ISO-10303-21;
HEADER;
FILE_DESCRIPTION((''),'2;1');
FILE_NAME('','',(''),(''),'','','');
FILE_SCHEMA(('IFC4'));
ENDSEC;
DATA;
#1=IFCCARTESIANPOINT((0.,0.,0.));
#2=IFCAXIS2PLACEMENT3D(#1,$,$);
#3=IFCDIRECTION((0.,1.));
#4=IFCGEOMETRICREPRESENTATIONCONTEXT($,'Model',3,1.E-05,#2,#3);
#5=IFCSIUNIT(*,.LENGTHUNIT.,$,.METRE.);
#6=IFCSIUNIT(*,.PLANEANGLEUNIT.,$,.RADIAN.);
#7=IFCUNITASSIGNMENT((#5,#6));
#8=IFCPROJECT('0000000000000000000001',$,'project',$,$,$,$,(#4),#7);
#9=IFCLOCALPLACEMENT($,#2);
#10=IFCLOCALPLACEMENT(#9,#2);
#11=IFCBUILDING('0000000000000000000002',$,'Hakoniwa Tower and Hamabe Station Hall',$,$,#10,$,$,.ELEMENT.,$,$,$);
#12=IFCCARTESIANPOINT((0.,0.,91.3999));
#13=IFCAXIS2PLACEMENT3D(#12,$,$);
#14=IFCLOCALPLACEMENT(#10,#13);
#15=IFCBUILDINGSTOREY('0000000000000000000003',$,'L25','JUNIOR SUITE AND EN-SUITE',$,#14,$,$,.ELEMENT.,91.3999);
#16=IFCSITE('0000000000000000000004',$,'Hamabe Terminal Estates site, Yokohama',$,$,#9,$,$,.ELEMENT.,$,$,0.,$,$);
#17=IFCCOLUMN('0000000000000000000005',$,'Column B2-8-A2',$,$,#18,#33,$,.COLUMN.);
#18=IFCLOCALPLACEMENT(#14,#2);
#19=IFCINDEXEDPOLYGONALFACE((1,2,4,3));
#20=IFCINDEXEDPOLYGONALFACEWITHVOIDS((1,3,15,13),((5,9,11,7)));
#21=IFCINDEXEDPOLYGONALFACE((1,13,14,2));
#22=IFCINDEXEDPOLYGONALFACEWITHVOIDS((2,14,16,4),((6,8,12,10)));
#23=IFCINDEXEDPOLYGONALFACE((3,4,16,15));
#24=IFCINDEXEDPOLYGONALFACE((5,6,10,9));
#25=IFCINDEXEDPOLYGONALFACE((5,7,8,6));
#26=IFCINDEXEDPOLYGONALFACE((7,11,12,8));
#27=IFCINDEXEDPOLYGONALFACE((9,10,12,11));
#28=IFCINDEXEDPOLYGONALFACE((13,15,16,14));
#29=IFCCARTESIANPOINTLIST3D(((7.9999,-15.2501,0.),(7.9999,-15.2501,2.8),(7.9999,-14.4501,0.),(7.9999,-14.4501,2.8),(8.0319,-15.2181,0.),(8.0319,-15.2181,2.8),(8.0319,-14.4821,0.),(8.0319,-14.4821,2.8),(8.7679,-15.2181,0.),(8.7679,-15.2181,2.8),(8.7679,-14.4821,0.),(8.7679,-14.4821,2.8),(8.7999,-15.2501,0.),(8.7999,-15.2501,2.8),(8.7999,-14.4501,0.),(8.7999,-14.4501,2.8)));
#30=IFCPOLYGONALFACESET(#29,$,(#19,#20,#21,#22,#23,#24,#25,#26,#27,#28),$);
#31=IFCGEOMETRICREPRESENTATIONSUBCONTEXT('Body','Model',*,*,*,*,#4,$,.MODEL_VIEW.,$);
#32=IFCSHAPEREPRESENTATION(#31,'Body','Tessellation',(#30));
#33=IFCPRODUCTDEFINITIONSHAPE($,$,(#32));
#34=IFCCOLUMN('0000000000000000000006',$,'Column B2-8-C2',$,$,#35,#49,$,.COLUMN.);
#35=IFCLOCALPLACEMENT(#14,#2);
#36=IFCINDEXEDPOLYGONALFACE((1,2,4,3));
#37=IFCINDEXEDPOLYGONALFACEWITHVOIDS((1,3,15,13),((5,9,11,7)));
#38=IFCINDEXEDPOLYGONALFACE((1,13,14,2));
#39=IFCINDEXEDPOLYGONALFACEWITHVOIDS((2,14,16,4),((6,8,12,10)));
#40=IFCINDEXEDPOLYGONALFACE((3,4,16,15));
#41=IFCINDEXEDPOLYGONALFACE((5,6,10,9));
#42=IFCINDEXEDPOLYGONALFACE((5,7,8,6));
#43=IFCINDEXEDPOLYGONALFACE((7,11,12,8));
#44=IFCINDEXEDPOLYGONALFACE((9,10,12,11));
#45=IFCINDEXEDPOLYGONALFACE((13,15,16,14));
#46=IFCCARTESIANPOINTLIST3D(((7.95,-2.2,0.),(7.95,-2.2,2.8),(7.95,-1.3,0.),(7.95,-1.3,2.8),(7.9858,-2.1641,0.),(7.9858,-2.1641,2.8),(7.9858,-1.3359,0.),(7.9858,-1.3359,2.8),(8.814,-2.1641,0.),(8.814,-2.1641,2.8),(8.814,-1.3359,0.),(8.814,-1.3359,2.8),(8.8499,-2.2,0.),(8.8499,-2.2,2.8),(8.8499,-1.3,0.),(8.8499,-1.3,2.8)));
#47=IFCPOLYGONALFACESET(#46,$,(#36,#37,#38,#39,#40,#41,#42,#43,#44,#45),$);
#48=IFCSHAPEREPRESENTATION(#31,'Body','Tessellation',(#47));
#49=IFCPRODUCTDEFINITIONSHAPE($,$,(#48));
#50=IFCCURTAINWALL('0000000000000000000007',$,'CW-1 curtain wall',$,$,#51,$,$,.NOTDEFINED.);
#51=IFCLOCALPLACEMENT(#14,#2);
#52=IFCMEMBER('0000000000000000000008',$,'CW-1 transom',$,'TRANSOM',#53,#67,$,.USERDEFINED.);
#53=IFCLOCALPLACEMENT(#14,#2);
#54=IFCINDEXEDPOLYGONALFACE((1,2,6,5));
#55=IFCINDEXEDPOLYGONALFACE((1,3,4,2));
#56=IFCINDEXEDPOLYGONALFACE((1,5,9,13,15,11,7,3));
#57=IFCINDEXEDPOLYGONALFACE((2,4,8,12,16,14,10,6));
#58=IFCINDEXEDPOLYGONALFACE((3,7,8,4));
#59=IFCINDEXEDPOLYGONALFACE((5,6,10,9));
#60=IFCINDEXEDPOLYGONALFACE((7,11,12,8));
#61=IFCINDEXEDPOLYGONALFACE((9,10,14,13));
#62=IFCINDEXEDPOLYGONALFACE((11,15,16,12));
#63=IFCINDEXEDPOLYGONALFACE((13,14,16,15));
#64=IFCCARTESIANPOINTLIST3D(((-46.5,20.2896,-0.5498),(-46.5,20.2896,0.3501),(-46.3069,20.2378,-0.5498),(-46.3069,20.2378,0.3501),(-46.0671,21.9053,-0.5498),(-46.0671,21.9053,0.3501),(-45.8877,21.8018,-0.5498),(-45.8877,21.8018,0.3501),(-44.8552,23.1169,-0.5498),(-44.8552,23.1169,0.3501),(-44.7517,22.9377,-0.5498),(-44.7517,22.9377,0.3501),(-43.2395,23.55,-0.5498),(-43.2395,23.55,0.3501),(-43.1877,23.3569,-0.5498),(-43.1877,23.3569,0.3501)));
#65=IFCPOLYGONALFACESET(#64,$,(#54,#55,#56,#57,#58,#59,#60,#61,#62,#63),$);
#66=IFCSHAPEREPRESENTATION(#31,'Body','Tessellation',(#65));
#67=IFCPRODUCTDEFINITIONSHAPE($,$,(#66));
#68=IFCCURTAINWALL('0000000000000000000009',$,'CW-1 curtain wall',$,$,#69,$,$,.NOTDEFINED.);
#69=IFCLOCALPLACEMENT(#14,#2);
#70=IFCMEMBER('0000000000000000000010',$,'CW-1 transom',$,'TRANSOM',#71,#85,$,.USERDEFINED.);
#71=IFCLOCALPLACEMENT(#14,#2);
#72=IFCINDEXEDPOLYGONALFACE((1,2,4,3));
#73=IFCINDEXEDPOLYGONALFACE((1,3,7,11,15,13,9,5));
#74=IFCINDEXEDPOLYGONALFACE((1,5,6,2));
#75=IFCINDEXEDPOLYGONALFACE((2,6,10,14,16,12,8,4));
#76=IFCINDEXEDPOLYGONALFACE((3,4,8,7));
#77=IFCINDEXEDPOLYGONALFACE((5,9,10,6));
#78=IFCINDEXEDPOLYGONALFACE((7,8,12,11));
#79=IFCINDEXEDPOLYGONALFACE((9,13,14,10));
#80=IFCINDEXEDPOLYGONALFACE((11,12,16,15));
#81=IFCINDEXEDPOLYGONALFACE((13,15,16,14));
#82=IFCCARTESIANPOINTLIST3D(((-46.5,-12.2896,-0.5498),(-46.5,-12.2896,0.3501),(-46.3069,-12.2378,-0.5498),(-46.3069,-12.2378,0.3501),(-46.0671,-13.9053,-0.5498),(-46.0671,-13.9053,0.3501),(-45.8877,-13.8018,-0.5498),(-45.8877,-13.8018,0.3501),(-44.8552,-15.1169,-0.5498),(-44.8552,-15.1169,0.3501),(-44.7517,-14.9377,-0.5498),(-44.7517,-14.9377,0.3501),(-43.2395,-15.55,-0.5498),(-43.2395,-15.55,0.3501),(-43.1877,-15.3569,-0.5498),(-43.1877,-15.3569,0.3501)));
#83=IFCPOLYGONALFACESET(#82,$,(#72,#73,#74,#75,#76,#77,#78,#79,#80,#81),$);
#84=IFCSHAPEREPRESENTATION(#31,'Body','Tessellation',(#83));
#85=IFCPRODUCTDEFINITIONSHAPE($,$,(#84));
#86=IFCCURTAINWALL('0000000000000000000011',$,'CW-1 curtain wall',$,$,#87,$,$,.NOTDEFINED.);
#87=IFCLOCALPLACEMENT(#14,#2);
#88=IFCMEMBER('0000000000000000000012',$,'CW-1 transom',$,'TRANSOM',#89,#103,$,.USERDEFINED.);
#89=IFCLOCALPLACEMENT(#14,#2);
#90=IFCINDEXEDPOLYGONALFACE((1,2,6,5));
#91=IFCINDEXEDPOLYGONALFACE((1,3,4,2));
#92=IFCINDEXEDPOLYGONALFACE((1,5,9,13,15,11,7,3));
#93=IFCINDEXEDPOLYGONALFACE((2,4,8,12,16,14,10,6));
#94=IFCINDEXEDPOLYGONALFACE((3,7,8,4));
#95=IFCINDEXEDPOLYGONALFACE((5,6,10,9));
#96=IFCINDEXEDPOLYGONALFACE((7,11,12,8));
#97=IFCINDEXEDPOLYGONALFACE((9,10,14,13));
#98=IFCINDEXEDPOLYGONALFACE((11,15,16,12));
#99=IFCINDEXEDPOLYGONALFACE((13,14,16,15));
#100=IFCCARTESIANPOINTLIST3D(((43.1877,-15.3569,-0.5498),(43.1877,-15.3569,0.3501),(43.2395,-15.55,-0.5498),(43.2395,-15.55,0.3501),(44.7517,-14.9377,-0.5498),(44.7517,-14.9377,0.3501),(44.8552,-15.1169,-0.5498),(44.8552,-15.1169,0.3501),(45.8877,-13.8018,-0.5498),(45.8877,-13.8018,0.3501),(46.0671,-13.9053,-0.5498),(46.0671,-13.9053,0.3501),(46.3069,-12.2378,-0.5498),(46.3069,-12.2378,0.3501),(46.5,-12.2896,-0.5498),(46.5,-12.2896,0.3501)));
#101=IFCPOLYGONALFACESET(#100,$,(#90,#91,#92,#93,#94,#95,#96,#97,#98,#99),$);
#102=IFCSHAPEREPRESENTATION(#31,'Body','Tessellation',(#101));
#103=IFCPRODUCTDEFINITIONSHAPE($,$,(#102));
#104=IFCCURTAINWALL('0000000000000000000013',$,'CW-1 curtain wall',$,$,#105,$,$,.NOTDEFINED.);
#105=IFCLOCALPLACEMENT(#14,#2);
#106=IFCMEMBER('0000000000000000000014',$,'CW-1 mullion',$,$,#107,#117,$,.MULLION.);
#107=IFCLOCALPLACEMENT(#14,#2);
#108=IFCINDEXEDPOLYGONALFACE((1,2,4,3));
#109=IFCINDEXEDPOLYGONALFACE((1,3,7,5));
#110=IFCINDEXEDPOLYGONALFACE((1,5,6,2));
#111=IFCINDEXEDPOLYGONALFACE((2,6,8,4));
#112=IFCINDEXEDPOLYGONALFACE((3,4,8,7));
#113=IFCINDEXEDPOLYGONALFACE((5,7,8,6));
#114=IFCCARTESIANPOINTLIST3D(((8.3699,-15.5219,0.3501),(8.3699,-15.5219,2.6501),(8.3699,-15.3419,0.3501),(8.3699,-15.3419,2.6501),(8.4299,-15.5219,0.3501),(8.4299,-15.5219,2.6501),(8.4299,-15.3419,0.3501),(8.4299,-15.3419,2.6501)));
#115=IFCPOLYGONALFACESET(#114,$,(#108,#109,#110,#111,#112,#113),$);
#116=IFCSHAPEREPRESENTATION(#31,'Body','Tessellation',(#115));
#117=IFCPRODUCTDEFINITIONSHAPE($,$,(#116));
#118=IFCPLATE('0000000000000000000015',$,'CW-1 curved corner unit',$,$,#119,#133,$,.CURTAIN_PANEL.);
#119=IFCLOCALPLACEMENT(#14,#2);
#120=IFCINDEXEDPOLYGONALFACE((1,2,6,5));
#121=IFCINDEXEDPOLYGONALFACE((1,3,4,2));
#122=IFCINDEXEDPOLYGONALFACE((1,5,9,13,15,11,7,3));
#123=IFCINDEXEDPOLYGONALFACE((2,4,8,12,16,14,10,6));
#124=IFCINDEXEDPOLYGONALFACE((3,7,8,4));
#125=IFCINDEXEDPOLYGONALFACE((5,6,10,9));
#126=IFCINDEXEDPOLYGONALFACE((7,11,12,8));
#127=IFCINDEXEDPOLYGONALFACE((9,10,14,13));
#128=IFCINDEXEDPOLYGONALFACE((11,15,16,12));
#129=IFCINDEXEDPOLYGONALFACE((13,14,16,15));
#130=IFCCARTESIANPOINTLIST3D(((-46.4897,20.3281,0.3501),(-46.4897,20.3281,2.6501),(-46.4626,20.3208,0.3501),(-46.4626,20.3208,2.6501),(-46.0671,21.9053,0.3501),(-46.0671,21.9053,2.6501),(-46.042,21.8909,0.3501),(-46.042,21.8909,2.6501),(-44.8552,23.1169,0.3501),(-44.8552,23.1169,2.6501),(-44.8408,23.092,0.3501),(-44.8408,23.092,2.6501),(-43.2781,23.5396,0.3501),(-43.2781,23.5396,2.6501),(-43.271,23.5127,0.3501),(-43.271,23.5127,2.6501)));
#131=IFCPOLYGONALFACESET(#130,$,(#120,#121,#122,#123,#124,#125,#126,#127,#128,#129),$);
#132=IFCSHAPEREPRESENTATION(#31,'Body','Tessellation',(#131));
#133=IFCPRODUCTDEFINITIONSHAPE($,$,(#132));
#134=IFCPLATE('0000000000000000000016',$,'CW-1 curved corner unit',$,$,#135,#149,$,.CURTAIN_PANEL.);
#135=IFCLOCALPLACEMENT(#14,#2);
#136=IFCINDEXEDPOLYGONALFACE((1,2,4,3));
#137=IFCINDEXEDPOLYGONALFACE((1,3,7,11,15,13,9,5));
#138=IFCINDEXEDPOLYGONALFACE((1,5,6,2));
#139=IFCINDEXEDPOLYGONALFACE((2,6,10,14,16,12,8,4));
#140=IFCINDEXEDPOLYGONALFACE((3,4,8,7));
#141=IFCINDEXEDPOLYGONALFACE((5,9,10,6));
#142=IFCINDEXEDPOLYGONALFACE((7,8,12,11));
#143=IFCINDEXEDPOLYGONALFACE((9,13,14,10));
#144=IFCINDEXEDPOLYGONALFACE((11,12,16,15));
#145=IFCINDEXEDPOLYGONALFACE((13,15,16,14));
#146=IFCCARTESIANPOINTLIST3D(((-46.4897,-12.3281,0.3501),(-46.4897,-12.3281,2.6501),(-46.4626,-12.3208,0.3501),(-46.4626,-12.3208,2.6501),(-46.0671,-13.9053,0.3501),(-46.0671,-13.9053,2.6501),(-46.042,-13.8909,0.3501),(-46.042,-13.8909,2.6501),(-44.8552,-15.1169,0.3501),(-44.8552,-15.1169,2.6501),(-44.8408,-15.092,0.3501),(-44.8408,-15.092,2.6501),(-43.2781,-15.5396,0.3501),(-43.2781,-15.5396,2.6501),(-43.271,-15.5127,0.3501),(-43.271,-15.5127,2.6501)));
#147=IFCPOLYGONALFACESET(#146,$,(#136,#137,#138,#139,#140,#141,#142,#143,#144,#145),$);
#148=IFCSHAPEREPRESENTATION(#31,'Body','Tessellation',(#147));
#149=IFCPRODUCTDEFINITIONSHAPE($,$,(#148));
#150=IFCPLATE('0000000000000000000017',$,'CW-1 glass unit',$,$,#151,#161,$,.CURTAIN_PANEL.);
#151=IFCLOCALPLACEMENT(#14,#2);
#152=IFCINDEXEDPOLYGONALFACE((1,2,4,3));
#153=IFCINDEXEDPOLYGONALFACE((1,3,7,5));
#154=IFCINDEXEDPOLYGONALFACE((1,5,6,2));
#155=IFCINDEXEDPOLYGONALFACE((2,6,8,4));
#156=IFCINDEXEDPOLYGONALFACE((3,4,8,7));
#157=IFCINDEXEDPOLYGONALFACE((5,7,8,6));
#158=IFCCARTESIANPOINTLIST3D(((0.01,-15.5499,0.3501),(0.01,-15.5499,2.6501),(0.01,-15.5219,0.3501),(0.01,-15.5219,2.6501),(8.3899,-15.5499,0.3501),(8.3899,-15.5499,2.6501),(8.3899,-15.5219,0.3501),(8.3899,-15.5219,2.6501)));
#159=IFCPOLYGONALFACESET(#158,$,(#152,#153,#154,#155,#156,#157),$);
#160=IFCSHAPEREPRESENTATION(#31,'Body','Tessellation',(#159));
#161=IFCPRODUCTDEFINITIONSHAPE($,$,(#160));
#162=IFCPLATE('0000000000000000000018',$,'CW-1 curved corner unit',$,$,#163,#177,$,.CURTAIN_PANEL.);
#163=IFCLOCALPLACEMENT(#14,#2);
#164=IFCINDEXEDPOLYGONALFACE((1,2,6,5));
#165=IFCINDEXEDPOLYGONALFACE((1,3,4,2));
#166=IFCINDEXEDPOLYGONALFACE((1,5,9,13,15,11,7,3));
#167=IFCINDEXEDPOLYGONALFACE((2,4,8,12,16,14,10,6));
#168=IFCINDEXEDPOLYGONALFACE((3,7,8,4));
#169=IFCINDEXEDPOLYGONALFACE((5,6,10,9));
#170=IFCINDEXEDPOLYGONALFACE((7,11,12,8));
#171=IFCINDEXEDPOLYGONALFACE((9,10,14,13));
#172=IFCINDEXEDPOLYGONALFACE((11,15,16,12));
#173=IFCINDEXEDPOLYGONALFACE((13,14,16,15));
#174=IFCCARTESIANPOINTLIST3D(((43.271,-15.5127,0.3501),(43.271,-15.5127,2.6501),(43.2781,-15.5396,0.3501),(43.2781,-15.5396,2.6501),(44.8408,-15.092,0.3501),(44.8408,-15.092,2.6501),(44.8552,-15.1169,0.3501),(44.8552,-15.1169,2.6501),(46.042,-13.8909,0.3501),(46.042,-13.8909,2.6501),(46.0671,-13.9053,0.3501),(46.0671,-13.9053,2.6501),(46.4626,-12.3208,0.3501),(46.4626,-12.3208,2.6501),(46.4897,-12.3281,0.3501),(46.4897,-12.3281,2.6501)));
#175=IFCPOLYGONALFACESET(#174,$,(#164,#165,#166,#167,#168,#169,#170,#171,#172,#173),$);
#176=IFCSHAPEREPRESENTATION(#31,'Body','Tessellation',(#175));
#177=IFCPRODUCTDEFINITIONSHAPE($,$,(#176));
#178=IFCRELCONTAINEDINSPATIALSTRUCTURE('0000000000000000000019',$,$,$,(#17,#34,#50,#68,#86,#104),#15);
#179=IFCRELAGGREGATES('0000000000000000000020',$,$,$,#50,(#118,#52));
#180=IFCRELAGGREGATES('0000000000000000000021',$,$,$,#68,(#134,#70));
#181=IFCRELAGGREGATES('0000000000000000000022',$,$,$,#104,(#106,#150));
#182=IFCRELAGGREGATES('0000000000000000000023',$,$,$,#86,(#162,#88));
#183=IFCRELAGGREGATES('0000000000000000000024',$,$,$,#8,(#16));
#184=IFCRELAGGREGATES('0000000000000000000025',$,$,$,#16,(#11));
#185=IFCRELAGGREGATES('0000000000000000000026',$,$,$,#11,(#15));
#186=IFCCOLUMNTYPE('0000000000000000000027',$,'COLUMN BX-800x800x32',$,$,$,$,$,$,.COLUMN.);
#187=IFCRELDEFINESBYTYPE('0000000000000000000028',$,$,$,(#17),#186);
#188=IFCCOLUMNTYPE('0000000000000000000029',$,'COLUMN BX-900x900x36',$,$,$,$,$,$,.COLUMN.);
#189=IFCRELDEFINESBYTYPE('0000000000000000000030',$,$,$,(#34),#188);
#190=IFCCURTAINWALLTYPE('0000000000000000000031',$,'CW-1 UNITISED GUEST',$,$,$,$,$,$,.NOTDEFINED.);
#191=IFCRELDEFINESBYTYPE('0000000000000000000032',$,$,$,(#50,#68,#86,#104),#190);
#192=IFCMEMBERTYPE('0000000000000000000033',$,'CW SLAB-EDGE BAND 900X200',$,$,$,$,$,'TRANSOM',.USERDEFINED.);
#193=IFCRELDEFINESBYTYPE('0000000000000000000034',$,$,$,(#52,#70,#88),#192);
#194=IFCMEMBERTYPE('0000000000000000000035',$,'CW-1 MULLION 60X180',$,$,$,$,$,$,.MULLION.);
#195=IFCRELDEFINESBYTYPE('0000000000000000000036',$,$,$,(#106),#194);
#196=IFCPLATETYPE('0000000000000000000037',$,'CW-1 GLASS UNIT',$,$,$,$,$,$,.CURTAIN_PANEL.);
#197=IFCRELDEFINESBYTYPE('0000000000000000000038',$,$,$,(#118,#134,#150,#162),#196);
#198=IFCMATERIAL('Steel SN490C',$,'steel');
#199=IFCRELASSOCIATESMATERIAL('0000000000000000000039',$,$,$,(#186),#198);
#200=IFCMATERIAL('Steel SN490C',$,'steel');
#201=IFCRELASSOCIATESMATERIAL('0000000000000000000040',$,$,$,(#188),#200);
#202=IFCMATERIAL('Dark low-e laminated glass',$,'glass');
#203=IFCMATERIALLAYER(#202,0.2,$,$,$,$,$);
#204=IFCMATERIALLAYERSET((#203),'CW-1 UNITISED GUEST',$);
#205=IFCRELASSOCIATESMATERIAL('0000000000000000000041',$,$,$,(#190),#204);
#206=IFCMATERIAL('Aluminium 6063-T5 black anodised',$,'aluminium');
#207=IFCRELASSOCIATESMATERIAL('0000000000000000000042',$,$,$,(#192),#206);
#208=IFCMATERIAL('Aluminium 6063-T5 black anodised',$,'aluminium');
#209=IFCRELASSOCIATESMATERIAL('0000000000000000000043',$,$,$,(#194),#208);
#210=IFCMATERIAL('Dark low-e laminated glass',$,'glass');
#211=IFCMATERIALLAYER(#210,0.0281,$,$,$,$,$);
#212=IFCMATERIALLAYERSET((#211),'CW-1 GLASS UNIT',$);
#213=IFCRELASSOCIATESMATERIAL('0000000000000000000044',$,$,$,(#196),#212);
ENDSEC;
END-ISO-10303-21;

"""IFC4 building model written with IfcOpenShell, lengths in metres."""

from ifc_helpers import new_model, si_unit, direction, frame, origin, origin_2d, place, context, subcontext, project, spatial, polyline, rectangle, hollow_rectangle, outline, extrude, material, layer, layer_set, material_profile, profile_set, type_object, element, aggregate, save


model = new_model("IFC4")

# Units and contexts
model_context = context("Model", 3, precision=1e-05, world=origin(), true_north=direction((0.0, 1.0)))
body_context = subcontext(model_context, "Body", "Model", "MODEL_VIEW")
ifc_project = project(units=[si_unit("LENGTHUNIT", "METRE"), si_unit("PLANEANGLEUNIT", "RADIAN")], contexts=[model_context])

# Site, building, storey
site_placement = place(None, origin())
site = spatial("IfcSite", under=ifc_project, at=site_placement, Name="Hamabe Terminal Estates site, Yokohama", CompositionType="ELEMENT", RefElevation=0.0)
building_placement = place(site_placement, origin())
building = spatial("IfcBuilding", under=site, at=building_placement, Name="Hakoniwa Tower and Hamabe Station Hall", CompositionType="ELEMENT")
storey_placement = place(building_placement, frame((0.0, 0.0, 91.3999)))
storey = spatial("IfcBuildingStorey", under=building, at=storey_placement, Name="L25", Description="JUNIOR SUITE AND EN-SUITE", CompositionType="ELEMENT", Elevation=91.3999)

# Columns
ifc_material_1 = material(Name="Steel SN490C", Category="steel")
ifc_material_profile_1 = material_profile(ifc_material_1, hollow_rectangle(XDim=0.8, YDim=0.8, WallThickness=0.032, at=origin_2d()), Name="BX-800x800x32")
ifc_profile_set_1 = profile_set([ifc_material_profile_1], Name="Steel SN490C")
column_type_1 = type_object("IfcColumnType", Name="COLUMN BX-800x800x32", PredefinedType="COLUMN", material=ifc_profile_set_1)
column_1_placement = place(storey_placement, frame((8.3999, -14.8501, 0.0), z_axis=(0.0, 0.0, 1.0), x_axis=(1.0, 0.0, 0.0)))
element("IfcColumn", 1, at=column_1_placement, inside=storey, type_object=column_type_1, Name="Column B2-8-A2", PredefinedType="COLUMN", context=body_context, shape_type="SweptSolid", body=[
    extrude(hollow_rectangle(XDim=0.8, YDim=0.8, WallThickness=0.032, at=origin_2d()), origin(), (0.0, 0.0, 1.0), 2.8),
])
ifc_material_2 = material(Name="Steel SN490C", Category="steel")
ifc_material_profile_2 = material_profile(ifc_material_2, hollow_rectangle(XDim=0.8999, YDim=0.8999, WallThickness=0.0359, at=origin_2d()), Name="BX-900x900x36")
ifc_profile_set_2 = profile_set([ifc_material_profile_2], Name="Steel SN490C")
column_type_2 = type_object("IfcColumnType", Name="COLUMN BX-900x900x36", PredefinedType="COLUMN", material=ifc_profile_set_2)
column_2_placement = place(storey_placement, frame((8.3999, -1.75, 0.0), z_axis=(0.0, 0.0, 1.0), x_axis=(1.0, 0.0, 0.0)))
element("IfcColumn", 2, at=column_2_placement, inside=storey, type_object=column_type_2, Name="Column B2-8-C2", PredefinedType="COLUMN", context=body_context, shape_type="SweptSolid", body=[
    extrude(hollow_rectangle(XDim=0.8999, YDim=0.8999, WallThickness=0.0359, at=origin_2d()), origin(), (0.0, 0.0, 1.0), 2.8),
])

# Curtain walls, members
ifc_material_3 = material(Name="Dark low-e laminated glass", Category="glass")
ifc_layer_1 = layer(ifc_material_3, 0.2)
ifc_layer_set_1 = layer_set([ifc_layer_1], Name="CW-1 UNITISED GUEST")
curtain_wall_type = type_object("IfcCurtainWallType", Name="CW-1 UNITISED GUEST", PredefinedType="NOTDEFINED", material=ifc_layer_set_1)
curtain_wall_1_placement = place(storey_placement, origin())
curtain_wall_1 = element("IfcCurtainWall", 3, at=curtain_wall_1_placement, inside=storey, type_object=curtain_wall_type, Name="CW-1 curtain wall", PredefinedType="NOTDEFINED")
ifc_material_4 = material(Name="Aluminium 6063-T5 black anodised", Category="aluminium")
ifc_material_profile_3 = material_profile(ifc_material_4, rectangle(XDim=0.2, YDim=0.8999, at=origin_2d()), Name="CW SLAB-EDGE BAND 900X200")
ifc_profile_set_3 = profile_set([ifc_material_profile_3], Name="Aluminium 6063-T5 black anodised")
member_type_1 = type_object("IfcMemberType", Name="CW SLAB-EDGE BAND 900X200", ElementType="TRANSOM", PredefinedType="USERDEFINED", material=ifc_profile_set_3)
member_1_placement = place(storey_placement, frame((0.0, 0.0, -0.5498)))
member_1 = element("IfcMember", 4, at=member_1_placement, type_object=member_type_1, Name="CW-1 transom", ObjectType="TRANSOM", PredefinedType="USERDEFINED", context=body_context, shape_type="SweptSolid", body=[
    extrude(outline(polyline([(-43.2395, 23.55), (-44.8552, 23.1169), (-46.0671, 21.9053), (-46.5, 20.2896), (-46.3069, 20.2378), (-45.8877, 21.8018), (-44.7517, 22.9377), (-43.1877, 23.3569), (-43.2395, 23.55)])), origin(), (0.0, 0.0, 1.0), 0.8999),
])
curtain_wall_2_placement = place(storey_placement, origin())
curtain_wall_2 = element("IfcCurtainWall", 5, at=curtain_wall_2_placement, inside=storey, type_object=curtain_wall_type, Name="CW-1 curtain wall", PredefinedType="NOTDEFINED")
member_2_placement = place(storey_placement, frame((0.0, 0.0, -0.5498)))
member_2 = element("IfcMember", 6, at=member_2_placement, type_object=member_type_1, Name="CW-1 transom", ObjectType="TRANSOM", PredefinedType="USERDEFINED", context=body_context, shape_type="SweptSolid", body=[
    extrude(outline(polyline([(-46.5, -12.2896), (-46.0671, -13.9053), (-44.8552, -15.1169), (-43.2395, -15.55), (-43.1877, -15.3569), (-44.7517, -14.9377), (-45.8877, -13.8018), (-46.3069, -12.2378), (-46.5, -12.2896)])), origin(), (0.0, 0.0, 1.0), 0.8999),
])
curtain_wall_3_placement = place(storey_placement, origin())
curtain_wall_3 = element("IfcCurtainWall", 7, at=curtain_wall_3_placement, inside=storey, type_object=curtain_wall_type, Name="CW-1 curtain wall", PredefinedType="NOTDEFINED")
member_3_placement = place(storey_placement, frame((0.0, 0.0, -0.5498)))
member_3 = element("IfcMember", 8, at=member_3_placement, type_object=member_type_1, Name="CW-1 transom", ObjectType="TRANSOM", PredefinedType="USERDEFINED", context=body_context, shape_type="SweptSolid", body=[
    extrude(outline(polyline([(43.2395, -15.55), (44.8552, -15.1169), (46.0671, -13.9053), (46.5, -12.2896), (46.3069, -12.2378), (45.8877, -13.8018), (44.7517, -14.9377), (43.1877, -15.3569), (43.2395, -15.55)])), origin(), (0.0, 0.0, 1.0), 0.8999),
])
curtain_wall_4_placement = place(storey_placement, origin())
curtain_wall_4 = element("IfcCurtainWall", 9, at=curtain_wall_4_placement, inside=storey, type_object=curtain_wall_type, Name="CW-1 curtain wall", PredefinedType="NOTDEFINED")
ifc_material_5 = material(Name="Aluminium 6063-T5 black anodised", Category="aluminium")
ifc_material_profile_4 = material_profile(ifc_material_5, rectangle(XDim=0.0601, YDim=0.1799, at=origin_2d()), Name="CW-1 MULLION 60X180")
ifc_profile_set_4 = profile_set([ifc_material_profile_4], Name="Aluminium 6063-T5 black anodised")
member_type_2 = type_object("IfcMemberType", Name="CW-1 MULLION 60X180", PredefinedType="MULLION", material=ifc_profile_set_4)
member_4_placement = place(storey_placement, frame((8.3999, -15.4319, 0.3501), z_axis=(0.0, 0.0, 1.0), x_axis=(1.0, 0.0, 0.0)))
member_4 = element("IfcMember", 10, at=member_4_placement, type_object=member_type_2, Name="CW-1 mullion", PredefinedType="MULLION", context=body_context, shape_type="SweptSolid", body=[
    extrude(rectangle(XDim=0.0601, YDim=0.1799, at=origin_2d()), origin(), (0.0, 0.0, 1.0), 2.3),
])

# Plates
ifc_material_6 = material(Name="Dark low-e laminated glass", Category="glass")
ifc_layer_2 = layer(ifc_material_6, 0.0281)
ifc_layer_set_2 = layer_set([ifc_layer_2], Name="CW-1 GLASS UNIT")
plate_type = type_object("IfcPlateType", Name="CW-1 GLASS UNIT", PredefinedType="CURTAIN_PANEL", material=ifc_layer_set_2)
plate_1_placement = place(storey_placement, frame((0.0, 0.0, 0.3501)))
plate_1 = element("IfcPlate", 11, at=plate_1_placement, type_object=plate_type, Name="CW-1 curved corner unit", PredefinedType="CURTAIN_PANEL", context=body_context, shape_type="SweptSolid", body=[
    extrude(outline(polyline([(-43.2781, 23.5396), (-44.8552, 23.1169), (-46.0671, 21.9053), (-46.4897, 20.3281), (-46.4626, 20.3208), (-46.042, 21.8909), (-44.8408, 23.092), (-43.271, 23.5127), (-43.2781, 23.5396)])), origin(), (0.0, 0.0, 1.0), 2.3),
])
aggregate(curtain_wall_1, [plate_1, member_1])
plate_2_placement = place(storey_placement, frame((0.0, 0.0, 0.3501)))
plate_2 = element("IfcPlate", 12, at=plate_2_placement, type_object=plate_type, Name="CW-1 curved corner unit", PredefinedType="CURTAIN_PANEL", context=body_context, shape_type="SweptSolid", body=[
    extrude(outline(polyline([(-46.4897, -12.3281), (-46.0671, -13.9053), (-44.8552, -15.1169), (-43.2781, -15.5396), (-43.271, -15.5127), (-44.8408, -15.092), (-46.042, -13.8909), (-46.4626, -12.3208), (-46.4897, -12.3281)])), origin(), (0.0, 0.0, 1.0), 2.3),
])
aggregate(curtain_wall_2, [plate_2, member_2])
plate_3_placement = place(storey_placement, frame((4.2, -15.5359, 0.3501), z_axis=(0.0, 0.0, 1.0), x_axis=(1.0, 0.0, 0.0)))
plate_3 = element("IfcPlate", 13, at=plate_3_placement, type_object=plate_type, Name="CW-1 glass unit", PredefinedType="CURTAIN_PANEL", context=body_context, shape_type="SweptSolid", body=[
    extrude(rectangle(XDim=8.3799, YDim=0.0281, at=origin_2d()), origin(), (0.0, 0.0, 1.0), 2.3),
])
aggregate(curtain_wall_4, [member_4, plate_3])
plate_4_placement = place(storey_placement, frame((0.0, 0.0, 0.3501)))
plate_4 = element("IfcPlate", 14, at=plate_4_placement, type_object=plate_type, Name="CW-1 curved corner unit", PredefinedType="CURTAIN_PANEL", context=body_context, shape_type="SweptSolid", body=[
    extrude(outline(polyline([(43.2781, -15.5396), (44.8552, -15.1169), (46.0671, -13.9053), (46.4897, -12.3281), (46.4626, -12.3208), (46.042, -13.8909), (44.8408, -15.092), (43.271, -15.5127), (43.2781, -15.5396)])), origin(), (0.0, 0.0, 1.0), 2.3),
])
aggregate(curtain_wall_3, [plate_4, member_3])

save(model, "model.ifc")
